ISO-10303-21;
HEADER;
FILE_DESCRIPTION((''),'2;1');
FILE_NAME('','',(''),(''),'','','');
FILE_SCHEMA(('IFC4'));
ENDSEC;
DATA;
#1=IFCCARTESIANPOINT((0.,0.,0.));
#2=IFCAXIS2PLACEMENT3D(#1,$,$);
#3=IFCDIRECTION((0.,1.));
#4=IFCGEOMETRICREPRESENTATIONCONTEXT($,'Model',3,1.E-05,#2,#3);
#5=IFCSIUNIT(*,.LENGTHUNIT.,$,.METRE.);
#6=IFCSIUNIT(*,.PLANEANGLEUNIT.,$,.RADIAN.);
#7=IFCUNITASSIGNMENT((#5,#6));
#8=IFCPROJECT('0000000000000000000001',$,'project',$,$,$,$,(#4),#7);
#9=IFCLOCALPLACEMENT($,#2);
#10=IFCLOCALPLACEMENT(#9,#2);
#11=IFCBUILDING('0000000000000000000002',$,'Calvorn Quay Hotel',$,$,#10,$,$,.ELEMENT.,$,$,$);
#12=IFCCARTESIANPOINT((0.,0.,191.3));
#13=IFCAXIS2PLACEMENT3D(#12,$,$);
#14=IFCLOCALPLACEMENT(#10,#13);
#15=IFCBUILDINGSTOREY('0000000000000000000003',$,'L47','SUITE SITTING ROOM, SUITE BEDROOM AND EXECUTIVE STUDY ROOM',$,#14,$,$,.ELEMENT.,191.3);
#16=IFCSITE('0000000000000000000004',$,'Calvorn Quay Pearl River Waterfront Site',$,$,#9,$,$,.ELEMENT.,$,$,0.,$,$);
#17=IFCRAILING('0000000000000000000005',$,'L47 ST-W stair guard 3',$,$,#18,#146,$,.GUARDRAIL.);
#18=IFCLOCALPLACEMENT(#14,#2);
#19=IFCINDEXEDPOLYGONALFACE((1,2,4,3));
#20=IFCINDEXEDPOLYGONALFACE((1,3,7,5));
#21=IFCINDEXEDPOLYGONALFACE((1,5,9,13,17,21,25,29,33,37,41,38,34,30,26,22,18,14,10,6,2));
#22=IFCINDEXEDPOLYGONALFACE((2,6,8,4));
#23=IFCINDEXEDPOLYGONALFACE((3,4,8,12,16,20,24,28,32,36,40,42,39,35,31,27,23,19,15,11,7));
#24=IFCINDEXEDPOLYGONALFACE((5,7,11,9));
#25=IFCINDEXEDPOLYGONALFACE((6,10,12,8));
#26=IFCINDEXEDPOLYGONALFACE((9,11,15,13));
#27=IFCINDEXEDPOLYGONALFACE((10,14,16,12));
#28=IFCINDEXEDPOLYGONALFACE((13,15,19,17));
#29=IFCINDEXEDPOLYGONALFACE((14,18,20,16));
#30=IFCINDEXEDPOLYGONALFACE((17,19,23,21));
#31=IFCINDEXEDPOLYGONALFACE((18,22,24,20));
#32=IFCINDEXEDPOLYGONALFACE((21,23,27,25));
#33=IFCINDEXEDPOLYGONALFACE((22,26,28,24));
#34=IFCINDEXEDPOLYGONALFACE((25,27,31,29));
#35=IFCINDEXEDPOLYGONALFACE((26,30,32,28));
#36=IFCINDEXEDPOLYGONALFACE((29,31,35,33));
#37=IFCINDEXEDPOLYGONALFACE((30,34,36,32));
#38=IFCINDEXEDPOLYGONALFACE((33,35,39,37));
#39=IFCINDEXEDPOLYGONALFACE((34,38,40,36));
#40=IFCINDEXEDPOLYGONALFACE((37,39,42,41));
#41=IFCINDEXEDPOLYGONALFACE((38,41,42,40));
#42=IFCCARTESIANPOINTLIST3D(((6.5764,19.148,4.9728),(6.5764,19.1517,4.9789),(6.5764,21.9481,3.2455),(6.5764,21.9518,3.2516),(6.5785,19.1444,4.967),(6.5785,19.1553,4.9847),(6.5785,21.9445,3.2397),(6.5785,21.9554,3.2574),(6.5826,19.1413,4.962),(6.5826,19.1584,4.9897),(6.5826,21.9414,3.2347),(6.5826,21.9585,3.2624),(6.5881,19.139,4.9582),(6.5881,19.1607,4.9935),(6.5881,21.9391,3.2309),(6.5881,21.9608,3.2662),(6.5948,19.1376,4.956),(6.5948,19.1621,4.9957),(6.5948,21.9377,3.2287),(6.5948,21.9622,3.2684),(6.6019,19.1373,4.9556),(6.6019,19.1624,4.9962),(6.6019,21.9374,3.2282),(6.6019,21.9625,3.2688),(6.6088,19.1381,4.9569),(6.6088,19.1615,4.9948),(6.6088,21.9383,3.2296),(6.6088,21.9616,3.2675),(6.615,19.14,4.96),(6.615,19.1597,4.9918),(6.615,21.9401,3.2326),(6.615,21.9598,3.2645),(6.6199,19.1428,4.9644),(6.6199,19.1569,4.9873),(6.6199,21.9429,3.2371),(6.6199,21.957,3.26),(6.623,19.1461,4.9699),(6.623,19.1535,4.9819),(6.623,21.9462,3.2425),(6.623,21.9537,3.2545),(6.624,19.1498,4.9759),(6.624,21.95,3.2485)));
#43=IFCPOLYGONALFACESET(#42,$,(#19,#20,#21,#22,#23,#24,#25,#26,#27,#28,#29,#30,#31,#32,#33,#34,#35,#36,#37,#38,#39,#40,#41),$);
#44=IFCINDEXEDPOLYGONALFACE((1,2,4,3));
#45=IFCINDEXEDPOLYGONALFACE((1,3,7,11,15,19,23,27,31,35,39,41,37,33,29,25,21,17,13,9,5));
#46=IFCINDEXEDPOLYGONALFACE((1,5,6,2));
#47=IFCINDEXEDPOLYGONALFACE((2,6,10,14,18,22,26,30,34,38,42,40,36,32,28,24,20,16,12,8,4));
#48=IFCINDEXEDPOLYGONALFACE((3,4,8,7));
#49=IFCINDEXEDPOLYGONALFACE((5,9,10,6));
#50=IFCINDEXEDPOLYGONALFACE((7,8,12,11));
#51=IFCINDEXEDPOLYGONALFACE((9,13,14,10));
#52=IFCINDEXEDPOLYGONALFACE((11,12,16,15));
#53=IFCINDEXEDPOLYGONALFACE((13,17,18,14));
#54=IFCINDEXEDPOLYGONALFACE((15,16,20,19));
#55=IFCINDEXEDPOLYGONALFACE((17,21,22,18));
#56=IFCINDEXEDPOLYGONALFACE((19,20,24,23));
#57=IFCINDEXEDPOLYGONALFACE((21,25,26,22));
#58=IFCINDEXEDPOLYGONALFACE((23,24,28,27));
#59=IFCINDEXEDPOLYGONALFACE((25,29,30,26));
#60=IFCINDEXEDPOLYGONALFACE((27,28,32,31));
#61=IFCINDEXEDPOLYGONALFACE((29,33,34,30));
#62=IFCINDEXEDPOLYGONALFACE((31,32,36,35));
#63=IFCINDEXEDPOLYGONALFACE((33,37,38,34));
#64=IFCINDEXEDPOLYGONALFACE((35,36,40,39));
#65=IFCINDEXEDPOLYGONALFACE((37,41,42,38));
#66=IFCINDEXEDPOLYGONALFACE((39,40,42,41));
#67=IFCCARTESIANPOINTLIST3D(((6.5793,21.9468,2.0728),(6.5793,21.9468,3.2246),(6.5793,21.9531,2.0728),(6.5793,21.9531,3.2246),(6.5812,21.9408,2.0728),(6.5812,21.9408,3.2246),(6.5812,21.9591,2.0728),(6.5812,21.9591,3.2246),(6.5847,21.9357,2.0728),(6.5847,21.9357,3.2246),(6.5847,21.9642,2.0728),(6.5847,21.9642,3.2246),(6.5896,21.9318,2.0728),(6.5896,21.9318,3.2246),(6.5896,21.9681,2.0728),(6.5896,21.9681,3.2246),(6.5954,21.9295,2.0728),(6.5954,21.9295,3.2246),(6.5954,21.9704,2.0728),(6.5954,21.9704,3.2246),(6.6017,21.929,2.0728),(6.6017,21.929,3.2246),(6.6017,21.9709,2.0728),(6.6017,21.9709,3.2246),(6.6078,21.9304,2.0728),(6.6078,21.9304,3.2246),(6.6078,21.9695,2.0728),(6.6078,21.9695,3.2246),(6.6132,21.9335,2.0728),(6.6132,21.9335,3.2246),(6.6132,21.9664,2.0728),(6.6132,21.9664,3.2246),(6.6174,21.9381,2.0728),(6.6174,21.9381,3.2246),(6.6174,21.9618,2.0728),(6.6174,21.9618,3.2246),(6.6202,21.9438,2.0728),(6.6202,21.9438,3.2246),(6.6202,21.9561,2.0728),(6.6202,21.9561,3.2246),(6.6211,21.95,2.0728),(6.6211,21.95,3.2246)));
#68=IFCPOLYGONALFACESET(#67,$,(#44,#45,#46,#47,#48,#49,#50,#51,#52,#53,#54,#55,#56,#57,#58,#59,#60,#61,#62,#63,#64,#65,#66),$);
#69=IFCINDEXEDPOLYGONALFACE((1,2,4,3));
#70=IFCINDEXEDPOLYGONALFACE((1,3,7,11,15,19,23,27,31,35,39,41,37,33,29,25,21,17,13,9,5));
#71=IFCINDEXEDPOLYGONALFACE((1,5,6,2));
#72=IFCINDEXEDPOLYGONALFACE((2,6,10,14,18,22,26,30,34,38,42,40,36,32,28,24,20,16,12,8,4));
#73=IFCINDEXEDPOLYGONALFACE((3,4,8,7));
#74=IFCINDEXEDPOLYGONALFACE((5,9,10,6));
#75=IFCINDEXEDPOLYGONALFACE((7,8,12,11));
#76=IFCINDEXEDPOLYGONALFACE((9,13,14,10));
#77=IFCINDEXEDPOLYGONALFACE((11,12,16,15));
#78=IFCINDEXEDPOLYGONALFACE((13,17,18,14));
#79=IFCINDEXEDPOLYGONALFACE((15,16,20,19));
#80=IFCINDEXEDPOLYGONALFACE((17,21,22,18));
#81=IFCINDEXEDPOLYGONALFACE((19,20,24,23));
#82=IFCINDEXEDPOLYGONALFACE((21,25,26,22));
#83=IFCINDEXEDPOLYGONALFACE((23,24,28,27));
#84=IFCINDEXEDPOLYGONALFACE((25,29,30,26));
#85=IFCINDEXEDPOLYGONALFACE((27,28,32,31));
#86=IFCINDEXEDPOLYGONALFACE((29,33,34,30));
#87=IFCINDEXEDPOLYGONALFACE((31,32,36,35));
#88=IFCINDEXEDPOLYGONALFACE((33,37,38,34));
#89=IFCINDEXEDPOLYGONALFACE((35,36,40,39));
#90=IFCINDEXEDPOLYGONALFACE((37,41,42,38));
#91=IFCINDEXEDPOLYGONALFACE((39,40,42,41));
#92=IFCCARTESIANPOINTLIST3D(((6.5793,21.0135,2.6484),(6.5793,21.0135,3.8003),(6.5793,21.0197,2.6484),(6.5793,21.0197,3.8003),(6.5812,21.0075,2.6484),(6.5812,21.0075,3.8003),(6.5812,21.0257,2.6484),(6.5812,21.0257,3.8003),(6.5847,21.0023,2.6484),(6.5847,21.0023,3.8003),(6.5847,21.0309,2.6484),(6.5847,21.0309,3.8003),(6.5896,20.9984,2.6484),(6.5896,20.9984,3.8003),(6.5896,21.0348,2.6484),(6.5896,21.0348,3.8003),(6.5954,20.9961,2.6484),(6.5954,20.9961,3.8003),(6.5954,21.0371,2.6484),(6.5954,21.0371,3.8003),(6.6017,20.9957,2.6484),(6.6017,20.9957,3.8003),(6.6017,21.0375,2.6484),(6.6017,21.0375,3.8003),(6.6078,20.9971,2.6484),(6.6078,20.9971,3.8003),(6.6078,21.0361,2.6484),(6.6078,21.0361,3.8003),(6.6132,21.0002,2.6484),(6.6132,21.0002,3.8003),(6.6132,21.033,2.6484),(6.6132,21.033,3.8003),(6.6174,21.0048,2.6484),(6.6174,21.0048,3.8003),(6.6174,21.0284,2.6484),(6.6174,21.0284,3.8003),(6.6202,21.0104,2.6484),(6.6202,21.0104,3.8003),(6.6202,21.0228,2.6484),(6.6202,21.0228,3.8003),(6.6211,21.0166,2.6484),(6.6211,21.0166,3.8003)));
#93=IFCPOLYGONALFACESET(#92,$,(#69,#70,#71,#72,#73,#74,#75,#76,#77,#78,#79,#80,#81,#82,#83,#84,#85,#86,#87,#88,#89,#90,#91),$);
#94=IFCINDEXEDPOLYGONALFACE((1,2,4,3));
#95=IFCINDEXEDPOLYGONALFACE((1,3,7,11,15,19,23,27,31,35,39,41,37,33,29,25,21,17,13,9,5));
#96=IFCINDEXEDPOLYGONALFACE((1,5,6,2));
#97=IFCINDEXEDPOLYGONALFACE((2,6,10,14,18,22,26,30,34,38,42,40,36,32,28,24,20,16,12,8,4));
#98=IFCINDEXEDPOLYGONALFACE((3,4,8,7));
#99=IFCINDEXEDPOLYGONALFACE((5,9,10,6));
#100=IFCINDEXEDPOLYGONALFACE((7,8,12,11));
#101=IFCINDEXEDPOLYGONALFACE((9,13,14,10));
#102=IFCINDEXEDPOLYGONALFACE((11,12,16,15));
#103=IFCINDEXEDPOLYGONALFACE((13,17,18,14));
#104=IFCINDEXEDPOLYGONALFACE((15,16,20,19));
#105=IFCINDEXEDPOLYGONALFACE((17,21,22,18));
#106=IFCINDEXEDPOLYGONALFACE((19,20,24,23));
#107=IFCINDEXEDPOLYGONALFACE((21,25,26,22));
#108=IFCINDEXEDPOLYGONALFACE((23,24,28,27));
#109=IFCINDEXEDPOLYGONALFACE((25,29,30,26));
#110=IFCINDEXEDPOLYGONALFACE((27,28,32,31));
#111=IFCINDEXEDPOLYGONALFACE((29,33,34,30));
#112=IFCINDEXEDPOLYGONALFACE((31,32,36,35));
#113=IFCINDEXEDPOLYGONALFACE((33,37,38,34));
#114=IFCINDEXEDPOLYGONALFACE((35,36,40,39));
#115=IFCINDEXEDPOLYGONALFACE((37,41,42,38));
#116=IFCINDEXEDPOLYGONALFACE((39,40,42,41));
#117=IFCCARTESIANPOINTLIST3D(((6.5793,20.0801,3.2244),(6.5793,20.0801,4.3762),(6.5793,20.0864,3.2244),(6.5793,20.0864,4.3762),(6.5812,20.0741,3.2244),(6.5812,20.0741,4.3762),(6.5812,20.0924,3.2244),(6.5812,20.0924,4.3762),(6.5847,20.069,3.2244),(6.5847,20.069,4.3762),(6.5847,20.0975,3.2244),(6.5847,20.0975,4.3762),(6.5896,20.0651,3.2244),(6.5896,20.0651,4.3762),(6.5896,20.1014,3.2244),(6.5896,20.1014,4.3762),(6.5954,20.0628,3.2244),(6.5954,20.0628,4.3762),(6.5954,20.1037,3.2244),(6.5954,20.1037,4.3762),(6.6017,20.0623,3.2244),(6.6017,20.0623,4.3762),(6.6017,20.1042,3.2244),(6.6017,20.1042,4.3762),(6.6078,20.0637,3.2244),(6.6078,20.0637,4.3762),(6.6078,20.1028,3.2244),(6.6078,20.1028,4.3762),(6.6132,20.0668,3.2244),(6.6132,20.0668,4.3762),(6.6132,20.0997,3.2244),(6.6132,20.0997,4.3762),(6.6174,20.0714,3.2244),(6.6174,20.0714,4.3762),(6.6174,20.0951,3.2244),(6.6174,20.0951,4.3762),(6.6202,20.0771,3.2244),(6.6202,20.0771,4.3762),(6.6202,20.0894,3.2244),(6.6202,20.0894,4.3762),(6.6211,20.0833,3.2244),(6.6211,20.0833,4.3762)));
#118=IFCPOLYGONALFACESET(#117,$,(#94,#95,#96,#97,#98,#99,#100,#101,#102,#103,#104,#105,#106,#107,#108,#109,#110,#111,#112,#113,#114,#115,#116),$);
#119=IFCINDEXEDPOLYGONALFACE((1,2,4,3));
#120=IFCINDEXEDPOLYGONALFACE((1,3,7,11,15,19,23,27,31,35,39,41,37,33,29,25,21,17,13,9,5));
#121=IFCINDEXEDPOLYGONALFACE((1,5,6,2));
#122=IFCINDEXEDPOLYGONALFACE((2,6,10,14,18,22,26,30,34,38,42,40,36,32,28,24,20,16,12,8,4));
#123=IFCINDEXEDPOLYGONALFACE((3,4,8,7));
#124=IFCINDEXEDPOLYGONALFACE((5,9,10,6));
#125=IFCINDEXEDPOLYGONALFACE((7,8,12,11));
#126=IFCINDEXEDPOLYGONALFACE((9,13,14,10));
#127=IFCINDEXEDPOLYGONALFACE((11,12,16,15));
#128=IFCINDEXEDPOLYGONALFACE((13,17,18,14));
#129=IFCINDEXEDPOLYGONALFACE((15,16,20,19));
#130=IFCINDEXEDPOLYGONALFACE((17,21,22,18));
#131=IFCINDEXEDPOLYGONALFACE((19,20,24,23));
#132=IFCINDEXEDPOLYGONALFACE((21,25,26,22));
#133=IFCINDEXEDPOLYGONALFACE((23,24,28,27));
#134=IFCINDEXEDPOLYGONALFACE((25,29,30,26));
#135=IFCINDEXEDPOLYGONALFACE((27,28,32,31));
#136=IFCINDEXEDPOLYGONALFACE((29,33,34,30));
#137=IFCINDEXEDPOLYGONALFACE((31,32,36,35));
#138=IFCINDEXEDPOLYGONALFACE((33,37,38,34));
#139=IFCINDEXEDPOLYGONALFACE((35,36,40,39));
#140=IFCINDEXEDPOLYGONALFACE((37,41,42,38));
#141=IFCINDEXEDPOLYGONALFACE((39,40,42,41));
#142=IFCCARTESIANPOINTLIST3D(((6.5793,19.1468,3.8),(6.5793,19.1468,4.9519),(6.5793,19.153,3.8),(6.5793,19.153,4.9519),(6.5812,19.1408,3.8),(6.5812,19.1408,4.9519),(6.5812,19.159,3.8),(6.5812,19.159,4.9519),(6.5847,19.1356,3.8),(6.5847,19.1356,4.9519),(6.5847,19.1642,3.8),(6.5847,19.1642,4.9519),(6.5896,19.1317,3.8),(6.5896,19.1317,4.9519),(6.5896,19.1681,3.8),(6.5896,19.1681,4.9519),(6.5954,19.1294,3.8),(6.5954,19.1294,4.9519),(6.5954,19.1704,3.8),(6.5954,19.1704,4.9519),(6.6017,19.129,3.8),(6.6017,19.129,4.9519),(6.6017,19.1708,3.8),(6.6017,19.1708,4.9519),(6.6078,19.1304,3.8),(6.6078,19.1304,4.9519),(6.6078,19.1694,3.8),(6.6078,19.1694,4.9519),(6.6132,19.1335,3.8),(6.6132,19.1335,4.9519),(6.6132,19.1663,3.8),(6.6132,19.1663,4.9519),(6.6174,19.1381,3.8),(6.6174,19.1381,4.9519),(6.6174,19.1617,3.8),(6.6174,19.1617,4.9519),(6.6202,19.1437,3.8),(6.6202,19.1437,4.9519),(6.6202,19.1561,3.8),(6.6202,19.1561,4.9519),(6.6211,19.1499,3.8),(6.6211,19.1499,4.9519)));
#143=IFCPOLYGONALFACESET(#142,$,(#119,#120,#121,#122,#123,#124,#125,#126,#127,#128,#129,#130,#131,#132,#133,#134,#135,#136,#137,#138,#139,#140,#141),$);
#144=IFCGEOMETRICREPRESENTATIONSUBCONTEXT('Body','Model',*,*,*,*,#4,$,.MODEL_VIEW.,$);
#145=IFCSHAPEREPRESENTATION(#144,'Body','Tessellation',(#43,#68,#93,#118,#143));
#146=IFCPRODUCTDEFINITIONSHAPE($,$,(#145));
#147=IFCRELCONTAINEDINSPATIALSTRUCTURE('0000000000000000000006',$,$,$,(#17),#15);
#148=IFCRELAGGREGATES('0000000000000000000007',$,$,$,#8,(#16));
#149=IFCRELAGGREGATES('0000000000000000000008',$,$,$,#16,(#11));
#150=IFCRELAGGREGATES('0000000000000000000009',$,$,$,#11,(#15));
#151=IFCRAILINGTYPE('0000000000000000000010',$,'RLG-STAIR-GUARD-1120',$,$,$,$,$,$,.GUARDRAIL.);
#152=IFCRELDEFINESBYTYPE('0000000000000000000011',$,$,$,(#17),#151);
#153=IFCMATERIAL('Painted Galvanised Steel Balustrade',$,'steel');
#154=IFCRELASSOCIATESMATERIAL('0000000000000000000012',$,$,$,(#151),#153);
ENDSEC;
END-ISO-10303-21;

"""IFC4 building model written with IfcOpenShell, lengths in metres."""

from ifc_helpers import new_model, si_unit, direction, frame, origin, origin_2d, place, context, subcontext, project, spatial, circle, extrude, material, type_object, element, save


model = new_model("IFC4")

# Units and contexts
model_context = context("Model", 3, precision=1e-05, world=origin(), true_north=direction((0.0, 1.0)))
body_context = subcontext(model_context, "Body", "Model", "MODEL_VIEW")
ifc_project = project(units=[si_unit("LENGTHUNIT", "METRE"), si_unit("PLANEANGLEUNIT", "RADIAN")], contexts=[model_context])

# Site, building, storey
site_placement = place(None, origin())
site = spatial("IfcSite", under=ifc_project, at=site_placement, Name="Calvorn Quay Pearl River Waterfront Site", CompositionType="ELEMENT", RefElevation=0.0)
building_placement = place(site_placement, origin())
building = spatial("IfcBuilding", under=site, at=building_placement, Name="Calvorn Quay Hotel", CompositionType="ELEMENT")
storey_placement = place(building_placement, frame((0.0, 0.0, 191.3)))
storey = spatial("IfcBuildingStorey", under=building, at=storey_placement, Name="L47", Description="SUITE SITTING ROOM, SUITE BEDROOM AND EXECUTIVE STUDY ROOM", CompositionType="ELEMENT", Elevation=191.3)

# Railing
ifc_material_1 = material(Name="Painted Galvanised Steel Balustrade", Category="steel")
railing_type_1 = type_object("IfcRailingType", Name="RLG-STAIR-GUARD-1120", PredefinedType="GUARDRAIL", material=ifc_material_1)
railing_1_placement = place(storey_placement, frame((6.6001, 21.95, 2.0728)))
element("IfcRailing", 1, at=railing_1_placement, inside=storey, type_object=railing_type_1, Name="L47 ST-W stair guard 3", PredefinedType="GUARDRAIL", context=body_context, shape_type="SweptSolid", body=[
    extrude(circle(Radius=0.0239, at=origin_2d()), frame((0.0, 0.0, 1.1758), z_axis=(0.0, -0.85109, 0.52502), x_axis=(1.0, 0.0, 0.0)), (0.0, 0.0, 1.0), 3.29),
    extrude(circle(Radius=0.021, at=origin_2d()), origin(), (0.0, 0.0, 1.0), 1.1519),
    extrude(circle(Radius=0.021, at=origin_2d()), frame((0.0, -0.9333, 0.5757)), (0.0, 0.0, 1.0), 1.1519),
    extrude(circle(Radius=0.021, at=origin_2d()), frame((0.0, -1.8667, 1.1516)), (0.0, 0.0, 1.0), 1.1519),
    extrude(circle(Radius=0.021, at=origin_2d()), frame((0.0, -2.8, 1.7273)), (0.0, 0.0, 1.0), 1.1519),
])

save(model, "model.ifc")
